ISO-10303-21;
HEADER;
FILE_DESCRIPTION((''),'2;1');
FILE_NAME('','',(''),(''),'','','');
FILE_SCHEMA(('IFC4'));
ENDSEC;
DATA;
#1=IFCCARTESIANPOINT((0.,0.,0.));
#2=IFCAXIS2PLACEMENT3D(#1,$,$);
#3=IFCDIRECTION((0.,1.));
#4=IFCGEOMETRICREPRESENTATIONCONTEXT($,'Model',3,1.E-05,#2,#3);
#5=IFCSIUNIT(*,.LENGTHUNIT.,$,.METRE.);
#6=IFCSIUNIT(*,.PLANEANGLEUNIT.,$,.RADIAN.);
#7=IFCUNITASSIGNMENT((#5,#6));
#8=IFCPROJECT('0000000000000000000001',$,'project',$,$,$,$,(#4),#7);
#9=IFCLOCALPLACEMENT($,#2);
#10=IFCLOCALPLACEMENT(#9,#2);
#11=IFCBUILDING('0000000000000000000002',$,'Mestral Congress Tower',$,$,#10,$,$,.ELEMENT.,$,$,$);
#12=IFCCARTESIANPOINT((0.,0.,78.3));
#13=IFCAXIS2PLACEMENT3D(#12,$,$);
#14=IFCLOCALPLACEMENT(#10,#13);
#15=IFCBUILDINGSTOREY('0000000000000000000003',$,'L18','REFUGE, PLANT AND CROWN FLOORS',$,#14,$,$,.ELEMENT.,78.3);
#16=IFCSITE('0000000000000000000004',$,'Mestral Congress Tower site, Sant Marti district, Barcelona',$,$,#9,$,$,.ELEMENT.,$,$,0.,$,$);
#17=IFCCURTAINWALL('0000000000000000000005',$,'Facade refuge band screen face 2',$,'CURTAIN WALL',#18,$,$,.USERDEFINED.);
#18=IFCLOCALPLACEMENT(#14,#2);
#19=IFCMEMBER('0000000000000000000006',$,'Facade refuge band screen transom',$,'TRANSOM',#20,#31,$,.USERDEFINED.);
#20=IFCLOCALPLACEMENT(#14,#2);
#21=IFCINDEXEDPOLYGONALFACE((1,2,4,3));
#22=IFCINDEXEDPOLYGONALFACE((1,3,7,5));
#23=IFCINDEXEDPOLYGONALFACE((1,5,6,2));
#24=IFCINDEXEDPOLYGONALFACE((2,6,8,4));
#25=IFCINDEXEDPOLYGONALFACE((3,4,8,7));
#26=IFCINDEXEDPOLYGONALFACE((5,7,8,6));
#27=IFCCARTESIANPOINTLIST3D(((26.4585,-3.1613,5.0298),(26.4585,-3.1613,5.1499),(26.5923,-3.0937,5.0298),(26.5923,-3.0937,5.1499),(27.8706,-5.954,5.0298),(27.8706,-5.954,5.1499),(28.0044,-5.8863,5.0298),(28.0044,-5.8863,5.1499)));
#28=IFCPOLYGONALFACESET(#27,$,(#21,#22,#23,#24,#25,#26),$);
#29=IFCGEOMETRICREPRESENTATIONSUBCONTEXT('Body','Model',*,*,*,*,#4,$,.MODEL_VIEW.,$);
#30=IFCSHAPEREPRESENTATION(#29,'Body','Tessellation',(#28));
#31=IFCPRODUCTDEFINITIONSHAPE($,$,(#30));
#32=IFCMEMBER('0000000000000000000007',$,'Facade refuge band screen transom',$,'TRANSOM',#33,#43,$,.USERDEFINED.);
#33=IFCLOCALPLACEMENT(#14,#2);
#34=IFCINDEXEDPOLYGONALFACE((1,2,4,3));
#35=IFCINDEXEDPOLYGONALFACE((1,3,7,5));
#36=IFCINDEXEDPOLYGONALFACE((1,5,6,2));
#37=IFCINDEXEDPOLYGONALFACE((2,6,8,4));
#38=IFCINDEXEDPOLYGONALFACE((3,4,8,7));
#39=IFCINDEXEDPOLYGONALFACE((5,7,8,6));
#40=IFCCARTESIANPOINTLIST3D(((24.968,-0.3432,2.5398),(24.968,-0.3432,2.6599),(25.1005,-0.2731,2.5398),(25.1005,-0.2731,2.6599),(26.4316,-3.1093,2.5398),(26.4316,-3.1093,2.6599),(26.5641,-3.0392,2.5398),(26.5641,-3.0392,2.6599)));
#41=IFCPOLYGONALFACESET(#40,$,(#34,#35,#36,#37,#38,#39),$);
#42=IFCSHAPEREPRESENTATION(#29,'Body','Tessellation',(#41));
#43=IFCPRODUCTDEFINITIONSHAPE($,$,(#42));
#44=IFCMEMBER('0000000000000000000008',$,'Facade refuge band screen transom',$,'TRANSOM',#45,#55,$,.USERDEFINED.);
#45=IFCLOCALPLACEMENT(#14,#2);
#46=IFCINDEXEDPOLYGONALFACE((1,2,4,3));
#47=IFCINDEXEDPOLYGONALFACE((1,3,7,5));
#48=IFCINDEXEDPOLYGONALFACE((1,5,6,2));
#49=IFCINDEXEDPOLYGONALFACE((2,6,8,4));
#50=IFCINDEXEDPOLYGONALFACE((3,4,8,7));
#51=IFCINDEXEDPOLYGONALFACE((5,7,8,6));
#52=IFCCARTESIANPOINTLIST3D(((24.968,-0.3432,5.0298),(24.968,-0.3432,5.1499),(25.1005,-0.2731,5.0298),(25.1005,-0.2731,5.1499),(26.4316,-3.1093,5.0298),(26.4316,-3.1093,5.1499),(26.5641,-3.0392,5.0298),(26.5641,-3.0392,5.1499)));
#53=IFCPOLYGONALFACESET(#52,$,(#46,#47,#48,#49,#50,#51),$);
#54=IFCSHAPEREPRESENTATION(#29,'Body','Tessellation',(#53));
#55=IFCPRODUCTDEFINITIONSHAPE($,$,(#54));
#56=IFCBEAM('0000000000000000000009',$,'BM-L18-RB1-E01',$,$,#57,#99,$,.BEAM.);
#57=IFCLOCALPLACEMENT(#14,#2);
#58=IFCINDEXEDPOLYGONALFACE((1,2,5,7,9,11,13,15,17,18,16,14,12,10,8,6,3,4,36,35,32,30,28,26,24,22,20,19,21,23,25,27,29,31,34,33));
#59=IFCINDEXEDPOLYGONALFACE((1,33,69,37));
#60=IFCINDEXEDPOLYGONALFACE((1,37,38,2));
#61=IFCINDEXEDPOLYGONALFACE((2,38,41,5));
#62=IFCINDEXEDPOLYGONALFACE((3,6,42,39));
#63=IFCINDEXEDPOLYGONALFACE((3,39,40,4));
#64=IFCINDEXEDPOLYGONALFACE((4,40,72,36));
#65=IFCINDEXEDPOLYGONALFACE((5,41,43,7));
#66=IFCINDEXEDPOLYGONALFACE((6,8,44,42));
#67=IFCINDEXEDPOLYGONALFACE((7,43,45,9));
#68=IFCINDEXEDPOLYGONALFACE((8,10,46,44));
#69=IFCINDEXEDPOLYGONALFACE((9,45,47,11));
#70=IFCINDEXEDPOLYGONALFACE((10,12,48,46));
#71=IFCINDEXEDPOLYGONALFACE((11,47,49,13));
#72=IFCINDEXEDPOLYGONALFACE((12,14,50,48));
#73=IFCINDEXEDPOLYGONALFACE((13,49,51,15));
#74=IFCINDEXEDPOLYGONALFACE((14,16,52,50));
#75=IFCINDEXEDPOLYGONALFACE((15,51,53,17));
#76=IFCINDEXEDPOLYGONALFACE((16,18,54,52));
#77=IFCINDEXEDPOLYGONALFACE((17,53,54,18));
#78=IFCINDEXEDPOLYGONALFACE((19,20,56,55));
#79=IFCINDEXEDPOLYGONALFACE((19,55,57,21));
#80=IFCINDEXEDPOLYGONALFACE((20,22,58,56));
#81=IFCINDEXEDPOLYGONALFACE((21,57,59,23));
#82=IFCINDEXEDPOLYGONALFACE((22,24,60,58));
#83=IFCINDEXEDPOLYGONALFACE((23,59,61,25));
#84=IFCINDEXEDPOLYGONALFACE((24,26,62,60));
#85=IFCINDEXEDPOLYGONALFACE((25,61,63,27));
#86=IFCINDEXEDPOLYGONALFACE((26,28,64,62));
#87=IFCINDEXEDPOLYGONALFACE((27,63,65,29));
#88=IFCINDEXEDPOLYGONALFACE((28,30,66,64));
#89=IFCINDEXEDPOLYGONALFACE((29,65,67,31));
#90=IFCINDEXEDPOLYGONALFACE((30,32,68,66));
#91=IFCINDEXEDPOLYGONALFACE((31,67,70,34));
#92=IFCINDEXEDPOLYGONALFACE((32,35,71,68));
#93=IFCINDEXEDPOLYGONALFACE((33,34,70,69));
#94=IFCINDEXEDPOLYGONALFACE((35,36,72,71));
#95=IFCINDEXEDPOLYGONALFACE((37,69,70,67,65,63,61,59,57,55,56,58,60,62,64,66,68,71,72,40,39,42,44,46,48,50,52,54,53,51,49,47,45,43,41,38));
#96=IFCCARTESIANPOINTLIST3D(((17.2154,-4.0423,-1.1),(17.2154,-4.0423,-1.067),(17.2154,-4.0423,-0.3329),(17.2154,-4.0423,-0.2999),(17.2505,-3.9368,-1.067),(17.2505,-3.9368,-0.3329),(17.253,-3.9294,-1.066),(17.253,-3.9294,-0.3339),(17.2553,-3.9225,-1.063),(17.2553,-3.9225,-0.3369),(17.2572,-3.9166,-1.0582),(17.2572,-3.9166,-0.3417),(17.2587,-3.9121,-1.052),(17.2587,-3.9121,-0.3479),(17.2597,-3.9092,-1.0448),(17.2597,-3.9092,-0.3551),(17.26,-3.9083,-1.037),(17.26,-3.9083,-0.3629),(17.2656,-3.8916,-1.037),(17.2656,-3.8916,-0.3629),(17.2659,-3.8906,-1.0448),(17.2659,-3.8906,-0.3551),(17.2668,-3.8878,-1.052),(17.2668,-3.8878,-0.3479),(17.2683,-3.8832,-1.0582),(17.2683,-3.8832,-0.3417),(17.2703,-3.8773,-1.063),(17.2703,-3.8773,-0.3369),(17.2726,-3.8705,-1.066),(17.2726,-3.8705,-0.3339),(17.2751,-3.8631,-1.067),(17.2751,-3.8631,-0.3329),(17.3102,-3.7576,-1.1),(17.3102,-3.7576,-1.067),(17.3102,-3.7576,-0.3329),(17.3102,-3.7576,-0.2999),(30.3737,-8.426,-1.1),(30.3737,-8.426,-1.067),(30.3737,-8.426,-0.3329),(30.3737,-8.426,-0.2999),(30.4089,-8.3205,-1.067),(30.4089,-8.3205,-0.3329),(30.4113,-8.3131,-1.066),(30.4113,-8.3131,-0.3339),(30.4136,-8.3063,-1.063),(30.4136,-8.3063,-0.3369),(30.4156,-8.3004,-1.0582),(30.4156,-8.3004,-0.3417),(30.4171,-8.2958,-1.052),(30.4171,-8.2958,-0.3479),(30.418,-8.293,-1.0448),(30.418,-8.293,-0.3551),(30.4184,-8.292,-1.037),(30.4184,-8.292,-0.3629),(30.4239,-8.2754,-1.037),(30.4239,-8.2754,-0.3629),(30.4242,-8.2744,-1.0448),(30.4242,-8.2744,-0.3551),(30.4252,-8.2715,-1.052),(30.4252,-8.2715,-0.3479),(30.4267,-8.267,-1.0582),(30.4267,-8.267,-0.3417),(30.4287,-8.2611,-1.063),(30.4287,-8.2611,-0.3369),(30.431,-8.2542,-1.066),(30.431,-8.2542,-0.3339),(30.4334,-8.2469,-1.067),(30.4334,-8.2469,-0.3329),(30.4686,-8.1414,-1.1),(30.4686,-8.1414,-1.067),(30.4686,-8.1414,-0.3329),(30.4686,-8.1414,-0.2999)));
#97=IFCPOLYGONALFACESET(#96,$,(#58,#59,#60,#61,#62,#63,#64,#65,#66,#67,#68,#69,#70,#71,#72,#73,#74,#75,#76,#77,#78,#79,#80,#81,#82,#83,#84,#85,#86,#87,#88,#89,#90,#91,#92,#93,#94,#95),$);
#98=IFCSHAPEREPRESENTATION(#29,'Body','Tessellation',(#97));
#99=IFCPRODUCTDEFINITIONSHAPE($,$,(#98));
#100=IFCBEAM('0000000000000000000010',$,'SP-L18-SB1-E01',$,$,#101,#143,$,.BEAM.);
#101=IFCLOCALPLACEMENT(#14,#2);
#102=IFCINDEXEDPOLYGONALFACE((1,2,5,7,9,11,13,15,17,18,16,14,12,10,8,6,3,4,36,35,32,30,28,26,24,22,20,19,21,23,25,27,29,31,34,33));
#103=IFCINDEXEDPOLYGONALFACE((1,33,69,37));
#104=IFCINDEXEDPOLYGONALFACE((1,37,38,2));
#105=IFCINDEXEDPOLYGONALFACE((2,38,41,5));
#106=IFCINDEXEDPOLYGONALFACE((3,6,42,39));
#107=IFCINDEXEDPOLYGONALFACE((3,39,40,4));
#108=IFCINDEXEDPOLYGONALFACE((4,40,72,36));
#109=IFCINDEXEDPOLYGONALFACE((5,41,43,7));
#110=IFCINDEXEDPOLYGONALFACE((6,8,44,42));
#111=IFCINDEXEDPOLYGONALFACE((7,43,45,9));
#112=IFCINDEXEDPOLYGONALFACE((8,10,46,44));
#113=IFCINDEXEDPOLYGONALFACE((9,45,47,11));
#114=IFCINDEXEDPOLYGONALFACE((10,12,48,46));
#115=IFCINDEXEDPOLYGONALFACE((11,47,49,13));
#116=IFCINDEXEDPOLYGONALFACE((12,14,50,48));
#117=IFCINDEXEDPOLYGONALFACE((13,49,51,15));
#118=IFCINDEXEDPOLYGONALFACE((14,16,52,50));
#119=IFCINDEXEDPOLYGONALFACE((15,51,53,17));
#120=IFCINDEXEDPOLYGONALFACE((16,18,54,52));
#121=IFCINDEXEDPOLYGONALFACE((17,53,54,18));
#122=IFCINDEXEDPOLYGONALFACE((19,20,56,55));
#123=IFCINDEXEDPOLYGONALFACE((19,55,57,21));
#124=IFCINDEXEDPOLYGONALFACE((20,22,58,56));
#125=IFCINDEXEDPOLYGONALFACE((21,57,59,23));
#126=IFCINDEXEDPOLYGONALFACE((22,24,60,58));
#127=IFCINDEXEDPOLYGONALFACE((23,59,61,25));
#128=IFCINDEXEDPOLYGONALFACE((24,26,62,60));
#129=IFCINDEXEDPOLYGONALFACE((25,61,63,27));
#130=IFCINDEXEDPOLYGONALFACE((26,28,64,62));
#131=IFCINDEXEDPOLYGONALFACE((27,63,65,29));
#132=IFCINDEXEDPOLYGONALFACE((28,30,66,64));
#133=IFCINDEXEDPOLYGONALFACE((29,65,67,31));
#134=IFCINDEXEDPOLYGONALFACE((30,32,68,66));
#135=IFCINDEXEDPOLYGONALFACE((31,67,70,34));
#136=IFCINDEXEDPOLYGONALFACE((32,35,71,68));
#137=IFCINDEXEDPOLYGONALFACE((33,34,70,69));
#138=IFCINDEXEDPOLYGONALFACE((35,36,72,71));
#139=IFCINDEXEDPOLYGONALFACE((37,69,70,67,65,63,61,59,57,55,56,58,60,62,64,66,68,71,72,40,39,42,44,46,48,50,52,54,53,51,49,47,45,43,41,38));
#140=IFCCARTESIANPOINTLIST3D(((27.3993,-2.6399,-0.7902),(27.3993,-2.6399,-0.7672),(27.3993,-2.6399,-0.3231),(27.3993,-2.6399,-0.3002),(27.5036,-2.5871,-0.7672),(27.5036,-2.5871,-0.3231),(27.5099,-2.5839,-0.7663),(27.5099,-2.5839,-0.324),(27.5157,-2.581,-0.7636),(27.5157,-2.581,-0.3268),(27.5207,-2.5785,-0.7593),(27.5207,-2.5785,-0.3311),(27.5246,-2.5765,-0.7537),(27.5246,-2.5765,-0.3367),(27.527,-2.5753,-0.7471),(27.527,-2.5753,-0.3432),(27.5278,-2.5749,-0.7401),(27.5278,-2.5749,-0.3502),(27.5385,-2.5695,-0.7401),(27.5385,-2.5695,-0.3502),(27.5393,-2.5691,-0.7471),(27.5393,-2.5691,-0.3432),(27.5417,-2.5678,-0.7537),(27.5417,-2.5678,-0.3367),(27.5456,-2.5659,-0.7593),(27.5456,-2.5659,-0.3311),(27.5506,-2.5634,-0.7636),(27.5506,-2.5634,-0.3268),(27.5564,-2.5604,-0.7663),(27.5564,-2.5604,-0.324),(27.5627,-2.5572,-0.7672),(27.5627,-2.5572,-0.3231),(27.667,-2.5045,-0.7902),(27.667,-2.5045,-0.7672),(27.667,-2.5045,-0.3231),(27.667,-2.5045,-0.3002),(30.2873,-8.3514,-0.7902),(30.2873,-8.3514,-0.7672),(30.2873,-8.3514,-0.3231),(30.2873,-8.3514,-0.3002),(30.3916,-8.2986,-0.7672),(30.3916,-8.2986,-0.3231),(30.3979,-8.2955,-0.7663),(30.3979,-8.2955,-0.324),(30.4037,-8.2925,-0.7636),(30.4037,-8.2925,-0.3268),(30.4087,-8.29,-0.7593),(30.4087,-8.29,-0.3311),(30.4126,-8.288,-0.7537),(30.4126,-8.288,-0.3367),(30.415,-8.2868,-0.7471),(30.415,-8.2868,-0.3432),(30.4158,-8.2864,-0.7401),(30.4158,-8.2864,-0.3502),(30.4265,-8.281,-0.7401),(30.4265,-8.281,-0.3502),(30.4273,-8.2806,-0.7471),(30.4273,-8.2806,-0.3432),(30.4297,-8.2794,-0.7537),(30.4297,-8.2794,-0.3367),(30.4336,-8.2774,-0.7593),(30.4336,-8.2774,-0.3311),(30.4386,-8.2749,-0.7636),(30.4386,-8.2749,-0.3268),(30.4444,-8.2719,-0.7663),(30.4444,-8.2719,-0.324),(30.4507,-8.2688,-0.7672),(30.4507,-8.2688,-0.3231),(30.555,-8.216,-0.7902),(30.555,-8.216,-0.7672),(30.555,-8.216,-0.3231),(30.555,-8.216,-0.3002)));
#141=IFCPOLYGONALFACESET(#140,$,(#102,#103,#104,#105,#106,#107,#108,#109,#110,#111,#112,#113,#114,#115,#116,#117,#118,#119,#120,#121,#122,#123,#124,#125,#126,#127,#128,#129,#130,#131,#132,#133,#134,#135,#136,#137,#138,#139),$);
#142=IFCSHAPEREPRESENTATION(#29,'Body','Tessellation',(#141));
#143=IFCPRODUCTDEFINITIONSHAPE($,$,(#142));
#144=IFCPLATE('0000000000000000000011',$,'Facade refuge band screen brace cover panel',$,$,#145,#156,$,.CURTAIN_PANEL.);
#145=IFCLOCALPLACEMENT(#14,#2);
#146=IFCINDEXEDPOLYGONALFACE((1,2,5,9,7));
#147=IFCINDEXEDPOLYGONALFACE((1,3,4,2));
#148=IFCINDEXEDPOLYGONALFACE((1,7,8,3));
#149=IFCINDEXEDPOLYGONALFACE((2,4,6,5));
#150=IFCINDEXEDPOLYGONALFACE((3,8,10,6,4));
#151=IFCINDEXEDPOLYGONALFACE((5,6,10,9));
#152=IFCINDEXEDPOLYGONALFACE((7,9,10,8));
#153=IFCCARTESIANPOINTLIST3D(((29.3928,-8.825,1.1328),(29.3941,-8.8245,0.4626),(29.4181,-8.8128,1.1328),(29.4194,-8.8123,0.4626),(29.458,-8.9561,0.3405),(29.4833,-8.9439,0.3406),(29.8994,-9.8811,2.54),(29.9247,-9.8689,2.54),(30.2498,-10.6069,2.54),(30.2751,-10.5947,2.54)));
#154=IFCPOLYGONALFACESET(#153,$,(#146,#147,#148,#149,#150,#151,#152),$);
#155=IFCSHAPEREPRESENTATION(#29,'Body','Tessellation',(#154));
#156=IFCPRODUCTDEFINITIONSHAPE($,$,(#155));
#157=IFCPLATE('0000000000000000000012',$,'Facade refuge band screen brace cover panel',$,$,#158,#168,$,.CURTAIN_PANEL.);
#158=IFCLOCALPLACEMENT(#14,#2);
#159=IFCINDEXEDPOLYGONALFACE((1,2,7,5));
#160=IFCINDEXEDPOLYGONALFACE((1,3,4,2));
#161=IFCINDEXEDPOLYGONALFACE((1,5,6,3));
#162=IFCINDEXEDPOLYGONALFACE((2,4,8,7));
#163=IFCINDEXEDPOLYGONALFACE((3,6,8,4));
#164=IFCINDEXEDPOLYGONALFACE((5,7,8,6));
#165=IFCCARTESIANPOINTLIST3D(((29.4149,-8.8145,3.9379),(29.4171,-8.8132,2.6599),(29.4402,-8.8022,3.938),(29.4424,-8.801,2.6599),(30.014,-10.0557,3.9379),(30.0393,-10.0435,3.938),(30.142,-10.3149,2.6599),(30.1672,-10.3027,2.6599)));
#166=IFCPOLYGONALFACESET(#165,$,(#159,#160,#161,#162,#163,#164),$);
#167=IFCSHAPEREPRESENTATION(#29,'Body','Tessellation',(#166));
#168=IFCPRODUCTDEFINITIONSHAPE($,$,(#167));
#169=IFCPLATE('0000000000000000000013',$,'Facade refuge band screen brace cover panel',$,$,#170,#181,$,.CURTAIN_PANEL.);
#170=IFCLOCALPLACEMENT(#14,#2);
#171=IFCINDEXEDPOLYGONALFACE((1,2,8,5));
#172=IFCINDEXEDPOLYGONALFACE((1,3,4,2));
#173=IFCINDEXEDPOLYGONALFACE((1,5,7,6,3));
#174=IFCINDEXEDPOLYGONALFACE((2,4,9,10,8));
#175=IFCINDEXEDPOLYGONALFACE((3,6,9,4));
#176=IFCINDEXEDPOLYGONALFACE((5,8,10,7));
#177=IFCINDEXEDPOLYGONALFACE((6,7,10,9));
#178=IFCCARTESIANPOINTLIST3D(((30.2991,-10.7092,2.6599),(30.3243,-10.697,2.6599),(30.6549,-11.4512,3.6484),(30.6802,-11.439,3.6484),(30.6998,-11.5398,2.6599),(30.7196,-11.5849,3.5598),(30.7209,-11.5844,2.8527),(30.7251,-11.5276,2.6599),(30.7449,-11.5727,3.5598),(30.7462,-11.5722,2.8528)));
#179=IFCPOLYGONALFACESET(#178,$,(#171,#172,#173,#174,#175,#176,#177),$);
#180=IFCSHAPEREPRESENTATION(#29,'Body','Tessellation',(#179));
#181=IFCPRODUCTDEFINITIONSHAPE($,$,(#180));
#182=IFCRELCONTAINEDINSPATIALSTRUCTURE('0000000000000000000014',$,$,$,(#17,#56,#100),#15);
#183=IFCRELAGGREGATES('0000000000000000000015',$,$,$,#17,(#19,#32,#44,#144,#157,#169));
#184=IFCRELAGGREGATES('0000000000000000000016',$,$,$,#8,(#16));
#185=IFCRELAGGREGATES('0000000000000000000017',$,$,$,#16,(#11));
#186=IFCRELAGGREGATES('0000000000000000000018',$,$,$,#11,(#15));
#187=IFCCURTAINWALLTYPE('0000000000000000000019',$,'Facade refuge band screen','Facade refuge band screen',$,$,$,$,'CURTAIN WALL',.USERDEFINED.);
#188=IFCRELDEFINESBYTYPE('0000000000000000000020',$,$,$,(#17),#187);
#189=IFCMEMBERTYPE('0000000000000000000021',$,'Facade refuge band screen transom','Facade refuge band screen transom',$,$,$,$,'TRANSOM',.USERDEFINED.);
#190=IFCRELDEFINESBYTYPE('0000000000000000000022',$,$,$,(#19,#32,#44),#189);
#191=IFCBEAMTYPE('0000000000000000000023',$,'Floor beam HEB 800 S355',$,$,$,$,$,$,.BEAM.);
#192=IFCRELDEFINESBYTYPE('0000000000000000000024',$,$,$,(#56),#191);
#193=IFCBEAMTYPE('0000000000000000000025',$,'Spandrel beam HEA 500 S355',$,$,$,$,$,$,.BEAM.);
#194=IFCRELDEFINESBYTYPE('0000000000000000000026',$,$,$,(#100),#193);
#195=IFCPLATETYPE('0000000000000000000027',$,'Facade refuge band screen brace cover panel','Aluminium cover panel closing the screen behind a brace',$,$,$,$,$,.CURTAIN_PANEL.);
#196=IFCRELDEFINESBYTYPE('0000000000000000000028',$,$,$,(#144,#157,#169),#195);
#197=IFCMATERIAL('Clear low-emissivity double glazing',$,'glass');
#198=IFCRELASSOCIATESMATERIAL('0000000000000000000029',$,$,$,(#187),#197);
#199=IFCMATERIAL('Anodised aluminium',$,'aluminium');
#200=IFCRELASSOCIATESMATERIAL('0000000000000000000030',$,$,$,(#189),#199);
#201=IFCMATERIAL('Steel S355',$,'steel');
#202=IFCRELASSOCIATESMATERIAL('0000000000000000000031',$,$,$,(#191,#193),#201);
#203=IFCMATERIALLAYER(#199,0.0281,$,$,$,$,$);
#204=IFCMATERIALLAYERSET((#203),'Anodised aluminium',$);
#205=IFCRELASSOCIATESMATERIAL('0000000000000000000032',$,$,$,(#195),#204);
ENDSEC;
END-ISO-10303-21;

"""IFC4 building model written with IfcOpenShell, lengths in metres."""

from ifc_helpers import new_model, si_unit, direction, frame, origin, origin_2d, place, context, subcontext, project, spatial, polyline, rectangle, i_section, outline, extrude, material, layer, layer_set, material_profile, profile_set, type_object, element, aggregate, save


model = new_model("IFC4")

# Units and contexts
model_context = context("Model", 3, precision=1e-05, world=origin(), true_north=direction((0.0, 1.0)))
body_context = subcontext(model_context, "Body", "Model", "MODEL_VIEW")
ifc_project = project(units=[si_unit("LENGTHUNIT", "METRE"), si_unit("PLANEANGLEUNIT", "RADIAN")], contexts=[model_context])

# Site, building, storey
site_placement = place(None, origin())
site = spatial("IfcSite", under=ifc_project, at=site_placement, Name="Mestral Congress Tower site, Sant Marti district, Barcelona", CompositionType="ELEMENT", RefElevation=0.0)
building_placement = place(site_placement, origin())
building = spatial("IfcBuilding", under=site, at=building_placement, Name="Mestral Congress Tower", CompositionType="ELEMENT")
storey_placement = place(building_placement, frame((0.0, 0.0, 78.3)))
storey = spatial("IfcBuildingStorey", under=building, at=storey_placement, Name="L18", Description="REFUGE, PLANT AND CROWN FLOORS", CompositionType="ELEMENT", Elevation=78.3)

# Shared definitions
ifc_material_1 = material(Name="Steel S355", Category="steel")

# Curtain wall, members
ifc_material_2 = material(Name="Clear low-emissivity double glazing", Category="glass")
curtain_wall_type = type_object("IfcCurtainWallType", Name="Facade refuge band screen", Description="Facade refuge band screen", ElementType="CURTAIN WALL", PredefinedType="USERDEFINED", material=ifc_material_2)
curtain_wall_placement = place(storey_placement, origin())
curtain_wall = element("IfcCurtainWall", 1, at=curtain_wall_placement, inside=storey, type_object=curtain_wall_type, Name="Facade refuge band screen face 2", ObjectType="CURTAIN WALL", PredefinedType="USERDEFINED")
ifc_material_3 = material(Name="Anodised aluminium", Category="aluminium")
ifc_material_profile_1 = material_profile(ifc_material_3, rectangle(XDim=0.1499, YDim=0.1201, at=origin_2d()), Name="CW3 transom 150 x 120")
ifc_profile_set_1 = profile_set([ifc_material_profile_1], Name="Anodised aluminium")
member_type_1 = type_object("IfcMemberType", Name="Facade refuge band screen transom", Description="Facade refuge band screen transom", ElementType="TRANSOM", PredefinedType="USERDEFINED", material=ifc_profile_set_1)
member_1_placement = place(storey_placement, frame((27.9375, -5.9202, 5.0898), z_axis=(-0.451235, 0.892405, 0.0), x_axis=(-0.892405, -0.451235, 0.0)))
member_1 = element("IfcMember", 2, at=member_1_placement, type_object=member_type_1, Name="Facade refuge band screen transom", ObjectType="TRANSOM", PredefinedType="USERDEFINED", context=body_context, shape_type="SweptSolid", body=[
    extrude(rectangle(XDim=0.1499, YDim=0.1201, at=origin_2d()), origin(), (0.0, 0.0, 1.0), 3.1294),
])
member_2_placement = place(storey_placement, frame((26.4978, -3.0742, 2.5999), z_axis=(-0.467691, 0.883892, 0.0), x_axis=(-0.883892, -0.467691, 0.0)))
member_2 = element("IfcMember", 3, at=member_2_placement, type_object=member_type_1, Name="Facade refuge band screen transom", ObjectType="TRANSOM", PredefinedType="USERDEFINED", context=body_context, shape_type="SweptSolid", body=[
    extrude(rectangle(XDim=0.1499, YDim=0.1201, at=origin_2d()), origin(), (0.0, 0.0, 1.0), 3.1294),
])
member_3_placement = place(storey_placement, frame((26.4978, -3.0742, 5.0898), z_axis=(-0.467691, 0.883892, 0.0), x_axis=(-0.883892, -0.467691, 0.0)))
member_3 = element("IfcMember", 4, at=member_3_placement, type_object=member_type_1, Name="Facade refuge band screen transom", ObjectType="TRANSOM", PredefinedType="USERDEFINED", context=body_context, shape_type="SweptSolid", body=[
    extrude(rectangle(XDim=0.1499, YDim=0.1201, at=origin_2d()), origin(), (0.0, 0.0, 1.0), 3.1294),
])

# Beams
ifc_material_profile_2 = material_profile(ifc_material_1, i_section(OverallWidth=0.3, OverallDepth=0.8, WebThickness=0.0176, FlangeThickness=0.033, FilletRadius=0.03, at=origin_2d()), Name="HEB 800")
ifc_profile_set_2 = profile_set([ifc_material_profile_2], Name="Steel S355")
beam_type_1 = type_object("IfcBeamType", Name="Floor beam HEB 800 S355", PredefinedType="BEAM", material=ifc_profile_set_2)
beam_1_placement = place(storey_placement, frame((30.4211, -8.2837, -0.7), z_axis=(-0.948734, 0.316075, 0.0), x_axis=(-0.316075, -0.948734, 0.0)))
element("IfcBeam", 5, at=beam_1_placement, inside=storey, type_object=beam_type_1, Name="BM-L18-RB1-E01", PredefinedType="BEAM", context=body_context, shape_type="SweptSolid", body=[
    extrude(i_section(OverallWidth=0.3, OverallDepth=0.8, WebThickness=0.0176, FlangeThickness=0.033, FilletRadius=0.03, at=origin_2d()), origin(), (0.0, 0.0, 1.0), 13.8694),
])
ifc_material_profile_3 = material_profile(ifc_material_1, i_section(OverallWidth=0.3, OverallDepth=0.49, WebThickness=0.012, FlangeThickness=0.0229, FilletRadius=0.0271, at=origin_2d()), Name="HEA 500")
ifc_profile_set_3 = profile_set([ifc_material_profile_3], Name="Steel S355")
beam_type_2 = type_object("IfcBeamType", Name="Spandrel beam HEA 500 S355", PredefinedType="BEAM", material=ifc_profile_set_3)
beam_2_placement = place(storey_placement, frame((30.4211, -8.2837, -0.5452), z_axis=(-0.451237, 0.892404, 0.0), x_axis=(-0.892404, -0.451237, 0.0)))
element("IfcBeam", 6, at=beam_2_placement, inside=storey, type_object=beam_type_2, Name="SP-L18-SB1-E01", PredefinedType="BEAM", context=body_context, shape_type="SweptSolid", body=[
    extrude(i_section(OverallWidth=0.3, OverallDepth=0.49, WebThickness=0.012, FlangeThickness=0.0229, FilletRadius=0.0271, at=origin_2d()), origin(), (0.0, 0.0, 1.0), 6.4001),
])

# Plates
ifc_layer_1 = layer(ifc_material_3, 0.0281)
ifc_layer_set_1 = layer_set([ifc_layer_1], Name="Anodised aluminium")
plate_type_1 = type_object("IfcPlateType", Name="Facade refuge band screen brace cover panel", Description="Aluminium cover panel closing the screen behind a brace", PredefinedType="CURTAIN_PANEL", material=ifc_layer_set_1)
plate_1_placement = place(storey_placement, frame((29.4194, -8.8123, 0.4626), z_axis=(0.900542, 0.434764, 0.002103), x_axis=(0.335048, -0.6909, -0.640625)))
plate_1 = element("IfcPlate", 7, at=plate_1_placement, type_object=plate_type_1, Name="Facade refuge band screen brace cover panel", PredefinedType="CURTAIN_PANEL", context=body_context, shape_type="SweptSolid", body=[
    extrude(outline(polyline([(0.0, 0.0), (0.1905, 0.0), (0.1874, -2.8618), (-0.4315, -2.3455), (-0.4294, -0.5145), (0.0, 0.0)])), origin(), (0.0, 0.0, -1.0), 0.0281),
])
plate_2_placement = place(storey_placement, frame((29.4402, -8.8022, 3.938), z_axis=(0.900575, 0.434697, 0.001961), x_axis=(0.001717, 0.000954, -0.999998)))
plate_2 = element("IfcPlate", 8, at=plate_2_placement, type_object=plate_type_1, Name="Facade refuge band screen brace cover panel", PredefinedType="CURTAIN_PANEL", context=body_context, shape_type="SweptSolid", body=[
    extrude(outline(polyline([(0.0, 0.0), (1.2781, 0.0), (1.2779, -1.6675), (-0.0002, -1.3782), (0.0, 0.0)])), origin(), (0.0, 0.0, -1.0), 0.0281),
])
plate_3_placement = place(storey_placement, frame((30.7251, -11.5276, 2.6599), z_axis=(0.900654, 0.434533, 0.001959), x_axis=(0.106031, -0.224137, 0.968773)))
plate_3 = element("IfcPlate", 9, at=plate_3_placement, type_object=plate_type_1, Name="Facade refuge band screen brace cover panel", PredefinedType="CURTAIN_PANEL", context=body_context, shape_type="SweptSolid", body=[
    extrude(outline(polyline([(0.0, 0.0), (0.1991, 0.0), (0.884, -0.1754), (0.933, -0.3413), (-0.2287, -0.8935), (0.0, 0.0)])), origin(), (0.0, 0.0, -1.0), 0.0281),
])
aggregate(curtain_wall, [member_1, member_2, member_3, plate_1, plate_2, plate_3])

save(model, "model.ifc")
